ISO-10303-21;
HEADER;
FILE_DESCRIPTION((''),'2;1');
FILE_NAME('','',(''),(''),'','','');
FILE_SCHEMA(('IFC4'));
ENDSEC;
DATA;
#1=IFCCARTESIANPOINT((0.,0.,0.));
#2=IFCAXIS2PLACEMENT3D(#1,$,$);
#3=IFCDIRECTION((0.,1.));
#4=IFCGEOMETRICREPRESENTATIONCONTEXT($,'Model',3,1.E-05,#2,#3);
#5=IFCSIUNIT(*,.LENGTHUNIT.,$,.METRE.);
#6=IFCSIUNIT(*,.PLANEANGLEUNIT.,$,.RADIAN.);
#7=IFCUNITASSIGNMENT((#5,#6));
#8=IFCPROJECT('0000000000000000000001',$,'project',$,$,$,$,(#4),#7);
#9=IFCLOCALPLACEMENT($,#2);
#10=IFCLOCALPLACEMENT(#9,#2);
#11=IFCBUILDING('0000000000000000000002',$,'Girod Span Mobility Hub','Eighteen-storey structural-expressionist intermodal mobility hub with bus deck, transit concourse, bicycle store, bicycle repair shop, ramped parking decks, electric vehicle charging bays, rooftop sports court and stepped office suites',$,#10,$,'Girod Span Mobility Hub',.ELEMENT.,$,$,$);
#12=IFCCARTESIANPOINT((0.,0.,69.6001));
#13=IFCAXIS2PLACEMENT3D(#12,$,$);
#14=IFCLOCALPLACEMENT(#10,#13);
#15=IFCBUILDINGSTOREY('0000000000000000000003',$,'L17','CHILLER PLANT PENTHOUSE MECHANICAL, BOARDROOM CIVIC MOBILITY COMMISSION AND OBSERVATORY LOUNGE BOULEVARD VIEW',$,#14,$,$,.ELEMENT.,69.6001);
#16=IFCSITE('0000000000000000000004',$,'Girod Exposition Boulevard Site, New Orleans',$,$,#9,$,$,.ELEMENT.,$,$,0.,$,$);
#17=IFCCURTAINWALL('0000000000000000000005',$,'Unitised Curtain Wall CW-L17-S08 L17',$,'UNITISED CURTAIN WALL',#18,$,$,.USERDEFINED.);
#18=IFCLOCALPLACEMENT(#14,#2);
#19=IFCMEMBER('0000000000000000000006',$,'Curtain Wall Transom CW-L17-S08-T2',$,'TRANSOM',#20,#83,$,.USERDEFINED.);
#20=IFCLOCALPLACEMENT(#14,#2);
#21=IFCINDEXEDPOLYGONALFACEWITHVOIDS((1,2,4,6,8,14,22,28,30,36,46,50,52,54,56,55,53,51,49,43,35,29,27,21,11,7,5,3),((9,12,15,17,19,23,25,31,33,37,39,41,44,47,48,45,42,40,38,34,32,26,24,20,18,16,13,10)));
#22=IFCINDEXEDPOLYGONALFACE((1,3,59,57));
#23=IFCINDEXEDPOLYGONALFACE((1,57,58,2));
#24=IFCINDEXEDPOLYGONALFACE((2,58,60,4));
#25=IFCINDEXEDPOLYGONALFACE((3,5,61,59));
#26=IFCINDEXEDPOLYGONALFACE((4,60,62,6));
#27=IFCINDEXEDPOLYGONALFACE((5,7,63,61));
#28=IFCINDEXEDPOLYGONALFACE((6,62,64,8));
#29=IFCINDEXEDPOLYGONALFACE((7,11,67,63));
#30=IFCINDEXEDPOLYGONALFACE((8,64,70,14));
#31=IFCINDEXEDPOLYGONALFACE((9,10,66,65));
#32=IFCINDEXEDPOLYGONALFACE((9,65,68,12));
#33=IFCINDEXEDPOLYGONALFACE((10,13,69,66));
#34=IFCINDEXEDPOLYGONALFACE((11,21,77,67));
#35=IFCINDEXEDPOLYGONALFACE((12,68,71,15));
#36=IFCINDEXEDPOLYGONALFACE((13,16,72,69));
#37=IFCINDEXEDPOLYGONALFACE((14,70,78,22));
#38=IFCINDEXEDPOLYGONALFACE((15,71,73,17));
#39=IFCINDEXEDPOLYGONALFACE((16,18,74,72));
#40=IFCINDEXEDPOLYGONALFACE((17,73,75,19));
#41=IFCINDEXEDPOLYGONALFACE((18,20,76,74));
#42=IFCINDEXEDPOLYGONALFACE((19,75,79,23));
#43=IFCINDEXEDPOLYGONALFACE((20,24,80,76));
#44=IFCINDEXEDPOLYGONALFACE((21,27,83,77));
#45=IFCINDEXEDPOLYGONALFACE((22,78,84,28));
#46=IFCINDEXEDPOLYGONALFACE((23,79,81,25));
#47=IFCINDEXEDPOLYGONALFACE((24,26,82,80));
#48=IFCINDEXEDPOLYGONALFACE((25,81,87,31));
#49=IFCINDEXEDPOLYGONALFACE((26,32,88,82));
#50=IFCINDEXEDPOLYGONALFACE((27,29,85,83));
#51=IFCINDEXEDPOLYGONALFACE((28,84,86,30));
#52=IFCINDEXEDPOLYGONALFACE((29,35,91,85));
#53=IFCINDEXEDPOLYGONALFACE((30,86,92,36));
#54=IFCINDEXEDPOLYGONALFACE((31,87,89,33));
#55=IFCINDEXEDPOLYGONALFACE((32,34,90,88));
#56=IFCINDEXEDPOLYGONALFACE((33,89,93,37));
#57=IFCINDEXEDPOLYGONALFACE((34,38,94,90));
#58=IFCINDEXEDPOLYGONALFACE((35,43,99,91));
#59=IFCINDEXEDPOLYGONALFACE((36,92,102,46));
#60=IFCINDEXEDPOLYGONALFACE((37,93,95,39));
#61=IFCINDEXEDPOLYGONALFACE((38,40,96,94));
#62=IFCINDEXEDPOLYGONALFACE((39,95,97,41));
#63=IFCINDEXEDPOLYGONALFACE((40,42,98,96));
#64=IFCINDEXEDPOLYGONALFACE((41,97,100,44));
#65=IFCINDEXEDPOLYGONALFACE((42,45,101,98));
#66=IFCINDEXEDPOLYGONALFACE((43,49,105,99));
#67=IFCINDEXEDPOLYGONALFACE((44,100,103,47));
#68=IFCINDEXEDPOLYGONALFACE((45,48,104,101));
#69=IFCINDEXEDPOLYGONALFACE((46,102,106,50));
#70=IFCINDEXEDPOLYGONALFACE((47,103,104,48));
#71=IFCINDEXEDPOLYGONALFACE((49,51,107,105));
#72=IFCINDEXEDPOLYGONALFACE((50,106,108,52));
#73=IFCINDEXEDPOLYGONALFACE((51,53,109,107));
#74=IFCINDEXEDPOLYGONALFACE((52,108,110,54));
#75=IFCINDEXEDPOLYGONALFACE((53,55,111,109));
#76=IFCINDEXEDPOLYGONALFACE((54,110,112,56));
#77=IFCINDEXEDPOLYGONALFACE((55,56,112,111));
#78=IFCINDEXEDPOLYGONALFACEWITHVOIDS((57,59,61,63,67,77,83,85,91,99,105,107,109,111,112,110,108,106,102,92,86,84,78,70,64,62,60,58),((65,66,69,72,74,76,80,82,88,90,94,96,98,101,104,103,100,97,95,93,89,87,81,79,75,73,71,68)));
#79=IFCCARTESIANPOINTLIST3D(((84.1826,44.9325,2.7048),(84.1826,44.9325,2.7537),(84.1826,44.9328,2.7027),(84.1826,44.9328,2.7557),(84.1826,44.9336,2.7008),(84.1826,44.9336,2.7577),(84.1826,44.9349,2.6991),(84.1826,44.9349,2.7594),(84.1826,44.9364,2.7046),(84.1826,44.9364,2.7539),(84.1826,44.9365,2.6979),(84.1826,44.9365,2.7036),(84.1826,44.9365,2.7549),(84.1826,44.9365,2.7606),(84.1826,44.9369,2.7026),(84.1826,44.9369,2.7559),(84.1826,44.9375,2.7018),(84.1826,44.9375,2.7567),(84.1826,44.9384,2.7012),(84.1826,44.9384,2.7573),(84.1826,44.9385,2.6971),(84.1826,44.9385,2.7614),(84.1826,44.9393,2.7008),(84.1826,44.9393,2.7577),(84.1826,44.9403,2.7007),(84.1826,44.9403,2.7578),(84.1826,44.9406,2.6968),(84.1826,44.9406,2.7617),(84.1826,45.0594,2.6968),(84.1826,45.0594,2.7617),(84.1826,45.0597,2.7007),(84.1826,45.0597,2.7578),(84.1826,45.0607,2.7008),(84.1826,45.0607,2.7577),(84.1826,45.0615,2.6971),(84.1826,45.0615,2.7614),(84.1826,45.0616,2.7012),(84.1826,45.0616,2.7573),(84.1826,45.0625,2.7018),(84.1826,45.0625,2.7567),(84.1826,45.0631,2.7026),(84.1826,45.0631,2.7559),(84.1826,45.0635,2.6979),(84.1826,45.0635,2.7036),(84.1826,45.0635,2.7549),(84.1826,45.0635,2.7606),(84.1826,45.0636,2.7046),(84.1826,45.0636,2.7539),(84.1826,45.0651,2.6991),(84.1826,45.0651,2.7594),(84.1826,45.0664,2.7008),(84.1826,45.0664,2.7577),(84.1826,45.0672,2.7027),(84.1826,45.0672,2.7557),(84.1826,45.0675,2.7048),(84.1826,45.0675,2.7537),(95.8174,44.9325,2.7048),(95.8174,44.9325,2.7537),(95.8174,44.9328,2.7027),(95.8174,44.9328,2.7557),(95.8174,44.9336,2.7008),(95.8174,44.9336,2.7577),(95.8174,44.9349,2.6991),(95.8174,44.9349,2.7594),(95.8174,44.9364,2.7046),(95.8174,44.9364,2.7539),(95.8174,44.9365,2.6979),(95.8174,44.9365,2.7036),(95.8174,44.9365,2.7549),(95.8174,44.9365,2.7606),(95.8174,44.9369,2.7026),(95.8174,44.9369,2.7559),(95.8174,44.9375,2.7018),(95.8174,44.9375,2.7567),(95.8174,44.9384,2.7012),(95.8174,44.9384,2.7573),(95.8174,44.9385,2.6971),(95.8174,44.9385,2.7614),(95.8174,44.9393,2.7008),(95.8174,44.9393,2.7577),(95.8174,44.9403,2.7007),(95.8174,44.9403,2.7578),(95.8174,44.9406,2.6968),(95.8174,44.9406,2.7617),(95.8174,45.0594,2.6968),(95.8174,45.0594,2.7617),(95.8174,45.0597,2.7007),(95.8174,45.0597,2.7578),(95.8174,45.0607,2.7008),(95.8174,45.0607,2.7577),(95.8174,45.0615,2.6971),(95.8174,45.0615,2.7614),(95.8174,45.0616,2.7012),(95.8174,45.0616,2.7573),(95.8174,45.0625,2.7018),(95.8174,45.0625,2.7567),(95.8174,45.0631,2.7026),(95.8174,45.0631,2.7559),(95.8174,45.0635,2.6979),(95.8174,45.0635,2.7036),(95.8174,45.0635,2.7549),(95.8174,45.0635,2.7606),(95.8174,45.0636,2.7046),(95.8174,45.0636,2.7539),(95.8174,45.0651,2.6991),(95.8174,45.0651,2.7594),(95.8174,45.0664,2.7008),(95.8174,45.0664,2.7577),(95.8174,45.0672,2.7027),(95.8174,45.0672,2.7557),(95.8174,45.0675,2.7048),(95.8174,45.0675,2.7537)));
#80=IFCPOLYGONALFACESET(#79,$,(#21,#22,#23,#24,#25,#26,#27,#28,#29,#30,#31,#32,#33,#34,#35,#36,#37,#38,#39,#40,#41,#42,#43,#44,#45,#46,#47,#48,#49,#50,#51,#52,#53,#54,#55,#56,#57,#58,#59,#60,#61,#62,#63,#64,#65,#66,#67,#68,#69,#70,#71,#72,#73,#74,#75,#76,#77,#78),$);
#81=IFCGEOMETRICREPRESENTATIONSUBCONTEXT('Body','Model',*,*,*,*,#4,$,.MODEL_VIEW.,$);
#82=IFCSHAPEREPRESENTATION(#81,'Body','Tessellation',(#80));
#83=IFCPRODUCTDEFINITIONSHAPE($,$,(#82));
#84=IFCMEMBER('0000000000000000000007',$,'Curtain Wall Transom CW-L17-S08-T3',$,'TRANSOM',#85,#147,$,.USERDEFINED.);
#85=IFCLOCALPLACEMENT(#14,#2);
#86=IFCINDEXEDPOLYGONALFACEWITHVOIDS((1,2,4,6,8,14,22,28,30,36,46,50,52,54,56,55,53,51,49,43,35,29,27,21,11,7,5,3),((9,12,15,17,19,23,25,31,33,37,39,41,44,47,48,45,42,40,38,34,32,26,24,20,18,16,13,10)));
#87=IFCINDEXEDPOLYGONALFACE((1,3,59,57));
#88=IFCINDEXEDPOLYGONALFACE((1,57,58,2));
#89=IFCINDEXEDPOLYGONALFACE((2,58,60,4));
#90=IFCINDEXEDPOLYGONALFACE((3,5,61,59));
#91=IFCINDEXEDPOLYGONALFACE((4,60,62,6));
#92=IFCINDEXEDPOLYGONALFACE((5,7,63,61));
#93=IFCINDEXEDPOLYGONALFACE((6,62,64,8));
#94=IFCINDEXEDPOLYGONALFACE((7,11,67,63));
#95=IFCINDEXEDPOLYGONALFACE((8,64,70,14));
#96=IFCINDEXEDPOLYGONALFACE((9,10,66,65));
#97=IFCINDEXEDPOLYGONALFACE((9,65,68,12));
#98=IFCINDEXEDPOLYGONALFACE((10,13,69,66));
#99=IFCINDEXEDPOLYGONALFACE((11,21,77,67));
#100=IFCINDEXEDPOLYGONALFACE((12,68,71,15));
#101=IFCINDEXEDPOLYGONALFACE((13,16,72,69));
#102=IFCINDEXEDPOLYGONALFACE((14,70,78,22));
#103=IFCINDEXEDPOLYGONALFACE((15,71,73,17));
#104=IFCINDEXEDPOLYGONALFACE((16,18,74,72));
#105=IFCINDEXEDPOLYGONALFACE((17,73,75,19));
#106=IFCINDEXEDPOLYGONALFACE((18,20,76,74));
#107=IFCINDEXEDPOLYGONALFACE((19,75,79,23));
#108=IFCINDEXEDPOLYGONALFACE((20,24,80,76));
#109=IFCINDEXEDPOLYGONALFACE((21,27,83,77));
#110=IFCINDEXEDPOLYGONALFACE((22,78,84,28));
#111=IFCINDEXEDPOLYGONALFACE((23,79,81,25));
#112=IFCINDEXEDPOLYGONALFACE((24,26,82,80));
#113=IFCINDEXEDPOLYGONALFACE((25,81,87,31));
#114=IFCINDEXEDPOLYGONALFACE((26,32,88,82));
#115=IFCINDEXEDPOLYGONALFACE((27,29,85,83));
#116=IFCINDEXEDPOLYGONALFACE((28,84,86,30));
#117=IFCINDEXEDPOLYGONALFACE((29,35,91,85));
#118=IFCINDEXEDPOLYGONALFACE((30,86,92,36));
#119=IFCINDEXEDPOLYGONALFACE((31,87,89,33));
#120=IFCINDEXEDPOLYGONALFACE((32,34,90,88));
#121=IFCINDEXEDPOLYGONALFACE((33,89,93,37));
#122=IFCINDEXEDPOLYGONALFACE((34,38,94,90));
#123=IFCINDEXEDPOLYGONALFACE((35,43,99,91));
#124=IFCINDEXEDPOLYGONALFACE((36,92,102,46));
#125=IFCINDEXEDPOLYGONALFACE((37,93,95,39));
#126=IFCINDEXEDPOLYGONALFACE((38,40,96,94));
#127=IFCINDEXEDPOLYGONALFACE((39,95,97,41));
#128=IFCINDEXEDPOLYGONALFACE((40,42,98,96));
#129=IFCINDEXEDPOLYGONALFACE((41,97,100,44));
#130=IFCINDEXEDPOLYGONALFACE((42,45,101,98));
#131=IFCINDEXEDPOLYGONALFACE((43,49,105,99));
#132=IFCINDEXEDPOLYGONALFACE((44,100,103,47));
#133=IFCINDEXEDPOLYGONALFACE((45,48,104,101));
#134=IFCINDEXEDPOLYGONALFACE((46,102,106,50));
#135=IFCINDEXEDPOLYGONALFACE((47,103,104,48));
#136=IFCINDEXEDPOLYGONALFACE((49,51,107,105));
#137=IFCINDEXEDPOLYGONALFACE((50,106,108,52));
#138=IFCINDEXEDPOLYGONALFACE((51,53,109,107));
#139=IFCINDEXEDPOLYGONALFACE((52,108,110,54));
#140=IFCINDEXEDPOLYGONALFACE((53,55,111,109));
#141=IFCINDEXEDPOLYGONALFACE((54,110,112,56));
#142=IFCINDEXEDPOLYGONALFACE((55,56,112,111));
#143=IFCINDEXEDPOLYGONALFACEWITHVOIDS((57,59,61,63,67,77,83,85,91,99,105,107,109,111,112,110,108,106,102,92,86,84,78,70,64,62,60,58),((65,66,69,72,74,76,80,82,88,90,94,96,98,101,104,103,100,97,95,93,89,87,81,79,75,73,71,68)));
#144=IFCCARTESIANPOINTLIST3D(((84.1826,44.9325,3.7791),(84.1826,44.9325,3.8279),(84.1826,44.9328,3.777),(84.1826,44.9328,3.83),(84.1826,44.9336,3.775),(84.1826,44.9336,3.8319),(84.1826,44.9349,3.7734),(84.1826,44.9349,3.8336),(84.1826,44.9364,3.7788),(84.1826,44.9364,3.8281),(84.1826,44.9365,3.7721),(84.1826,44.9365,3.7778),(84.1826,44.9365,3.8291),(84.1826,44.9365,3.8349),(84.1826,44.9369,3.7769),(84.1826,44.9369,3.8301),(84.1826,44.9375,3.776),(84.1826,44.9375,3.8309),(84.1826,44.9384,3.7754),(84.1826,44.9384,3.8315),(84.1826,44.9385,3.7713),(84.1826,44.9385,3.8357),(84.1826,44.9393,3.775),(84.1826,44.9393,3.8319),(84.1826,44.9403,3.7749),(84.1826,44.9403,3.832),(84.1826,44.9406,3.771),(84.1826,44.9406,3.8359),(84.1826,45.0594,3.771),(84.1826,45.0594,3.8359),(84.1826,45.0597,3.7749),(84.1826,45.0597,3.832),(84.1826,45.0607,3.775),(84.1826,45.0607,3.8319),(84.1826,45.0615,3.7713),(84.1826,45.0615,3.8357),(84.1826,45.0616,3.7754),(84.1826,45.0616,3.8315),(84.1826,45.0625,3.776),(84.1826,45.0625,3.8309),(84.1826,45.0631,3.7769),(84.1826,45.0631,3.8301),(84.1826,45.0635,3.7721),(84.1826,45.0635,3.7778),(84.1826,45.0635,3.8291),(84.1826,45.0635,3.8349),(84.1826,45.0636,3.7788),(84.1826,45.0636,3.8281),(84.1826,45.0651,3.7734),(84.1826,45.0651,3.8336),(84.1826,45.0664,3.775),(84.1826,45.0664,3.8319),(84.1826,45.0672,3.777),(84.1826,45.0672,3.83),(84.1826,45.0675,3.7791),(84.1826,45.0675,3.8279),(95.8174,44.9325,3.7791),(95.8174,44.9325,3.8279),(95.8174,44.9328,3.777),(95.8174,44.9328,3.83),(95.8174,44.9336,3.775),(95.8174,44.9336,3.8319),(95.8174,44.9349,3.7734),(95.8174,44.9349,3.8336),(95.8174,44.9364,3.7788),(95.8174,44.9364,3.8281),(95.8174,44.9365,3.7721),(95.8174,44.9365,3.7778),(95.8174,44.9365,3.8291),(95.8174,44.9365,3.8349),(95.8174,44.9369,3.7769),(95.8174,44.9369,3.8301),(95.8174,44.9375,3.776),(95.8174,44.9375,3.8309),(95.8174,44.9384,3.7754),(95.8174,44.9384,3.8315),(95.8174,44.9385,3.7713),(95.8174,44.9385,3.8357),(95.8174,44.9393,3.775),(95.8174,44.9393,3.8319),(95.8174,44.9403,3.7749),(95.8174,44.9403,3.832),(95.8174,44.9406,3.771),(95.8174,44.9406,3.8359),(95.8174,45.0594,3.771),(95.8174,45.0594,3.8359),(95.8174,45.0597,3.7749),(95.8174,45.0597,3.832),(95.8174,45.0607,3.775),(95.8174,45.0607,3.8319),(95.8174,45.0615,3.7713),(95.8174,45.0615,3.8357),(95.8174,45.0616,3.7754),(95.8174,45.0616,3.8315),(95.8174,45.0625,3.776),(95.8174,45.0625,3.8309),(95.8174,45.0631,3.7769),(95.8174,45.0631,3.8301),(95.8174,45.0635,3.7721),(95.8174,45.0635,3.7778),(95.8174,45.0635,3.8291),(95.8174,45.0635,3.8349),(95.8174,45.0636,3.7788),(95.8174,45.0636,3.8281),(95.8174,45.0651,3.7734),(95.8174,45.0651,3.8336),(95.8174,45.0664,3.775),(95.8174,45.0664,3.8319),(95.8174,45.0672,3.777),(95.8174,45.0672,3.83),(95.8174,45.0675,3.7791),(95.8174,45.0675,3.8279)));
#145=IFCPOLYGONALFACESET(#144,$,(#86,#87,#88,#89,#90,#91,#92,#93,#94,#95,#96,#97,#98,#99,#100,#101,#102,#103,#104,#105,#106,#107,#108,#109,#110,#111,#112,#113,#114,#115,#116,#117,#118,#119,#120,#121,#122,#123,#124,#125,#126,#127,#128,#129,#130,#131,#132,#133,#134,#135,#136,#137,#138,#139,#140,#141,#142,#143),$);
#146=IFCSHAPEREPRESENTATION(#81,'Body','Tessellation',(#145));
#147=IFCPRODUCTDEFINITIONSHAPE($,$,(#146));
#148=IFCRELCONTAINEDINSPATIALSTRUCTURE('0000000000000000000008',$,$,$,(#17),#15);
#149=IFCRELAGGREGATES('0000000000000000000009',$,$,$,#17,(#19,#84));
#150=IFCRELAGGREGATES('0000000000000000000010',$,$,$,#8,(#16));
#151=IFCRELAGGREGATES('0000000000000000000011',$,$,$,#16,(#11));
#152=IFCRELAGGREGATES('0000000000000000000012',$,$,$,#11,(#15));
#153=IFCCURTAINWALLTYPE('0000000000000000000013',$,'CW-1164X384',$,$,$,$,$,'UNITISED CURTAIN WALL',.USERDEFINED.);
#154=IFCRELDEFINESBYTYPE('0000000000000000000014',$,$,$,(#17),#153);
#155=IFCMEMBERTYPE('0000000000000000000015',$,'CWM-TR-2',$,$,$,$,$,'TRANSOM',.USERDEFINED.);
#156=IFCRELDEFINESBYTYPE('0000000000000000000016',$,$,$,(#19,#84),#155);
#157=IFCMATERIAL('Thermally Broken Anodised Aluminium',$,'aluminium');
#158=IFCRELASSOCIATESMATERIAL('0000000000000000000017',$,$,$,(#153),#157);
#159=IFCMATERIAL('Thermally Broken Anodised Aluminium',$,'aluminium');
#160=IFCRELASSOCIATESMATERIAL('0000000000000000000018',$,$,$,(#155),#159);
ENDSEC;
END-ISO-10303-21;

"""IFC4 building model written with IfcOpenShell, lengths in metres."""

from ifc_helpers import new_model, si_unit, direction, frame, origin, origin_2d, place, context, subcontext, project, spatial, hollow_rectangle, extrude, material, material_profile, profile_set, type_object, element, aggregate, save


model = new_model("IFC4")

# Units and contexts
model_context = context("Model", 3, precision=1e-05, world=origin(), true_north=direction((0.0, 1.0)))
body_context = subcontext(model_context, "Body", "Model", "MODEL_VIEW")
ifc_project = project(units=[si_unit("LENGTHUNIT", "METRE"), si_unit("PLANEANGLEUNIT", "RADIAN")], contexts=[model_context])

# Site, building, storey
site_placement = place(None, origin())
site = spatial("IfcSite", under=ifc_project, at=site_placement, Name="Girod Exposition Boulevard Site, New Orleans", CompositionType="ELEMENT", RefElevation=0.0)
building_placement = place(site_placement, origin())
building = spatial("IfcBuilding", under=site, at=building_placement, Name="Girod Span Mobility Hub", Description="Eighteen-storey structural-expressionist intermodal mobility hub with bus deck, transit concourse, bicycle store, bicycle repair shop, ramped parking decks, electric vehicle charging bays, rooftop sports court and stepped office suites", LongName="Girod Span Mobility Hub", CompositionType="ELEMENT")
storey_placement = place(building_placement, frame((0.0, 0.0, 69.6001)))
storey = spatial("IfcBuildingStorey", under=building, at=storey_placement, Name="L17", Description="CHILLER PLANT PENTHOUSE MECHANICAL, BOARDROOM CIVIC MOBILITY COMMISSION AND OBSERVATORY LOUNGE BOULEVARD VIEW", CompositionType="ELEMENT", Elevation=69.6001)

# Shared definitions
ifc_material_1 = material(Name="Thermally Broken Anodised Aluminium", Category="aluminium")
curtain_wall_type = type_object("IfcCurtainWallType", Name="CW-1164X384", ElementType="UNITISED CURTAIN WALL", PredefinedType="USERDEFINED", material=ifc_material_1)

# Curtain wall
curtain_wall_1_placement = place(storey_placement, origin())
curtain_wall_1 = element("IfcCurtainWall", 1, at=curtain_wall_1_placement, inside=storey, type_object=curtain_wall_type, Name="Unitised Curtain Wall CW-L17-S08 L17", ObjectType="UNITISED CURTAIN WALL", PredefinedType="USERDEFINED")

# Members
ifc_material_2 = material(Name="Thermally Broken Anodised Aluminium", Category="aluminium")
ifc_material_profile_1 = material_profile(ifc_material_2, hollow_rectangle(XDim=0.135, YDim=0.0649, WallThickness=0.0039, InnerFilletRadius=0.0039, OuterFilletRadius=0.0081, at=origin_2d()), Name="CW-TR-65X135")
ifc_profile_set_1 = profile_set([ifc_material_profile_1], Name="Thermally Broken Anodised Aluminium")
member_type_1 = type_object("IfcMemberType", Name="CWM-TR-2", ElementType="TRANSOM", PredefinedType="USERDEFINED", material=ifc_profile_set_1)
member_1_placement = place(storey_placement, frame((84.1826, 45.0, 2.7292), z_axis=(1.0, 0.0, 0.0), x_axis=(0.0, 1.0, 0.0)))
member_1 = element("IfcMember", 2, at=member_1_placement, type_object=member_type_1, Name="Curtain Wall Transom CW-L17-S08-T2", ObjectType="TRANSOM", PredefinedType="USERDEFINED", context=body_context, shape_type="SweptSolid", body=[
    extrude(hollow_rectangle(XDim=0.135, YDim=0.0649, WallThickness=0.0039, InnerFilletRadius=0.0039, OuterFilletRadius=0.0081, at=origin_2d()), origin(), (0.0, 0.0, 1.0), 11.6348),
])
member_2_placement = place(storey_placement, frame((84.1826, 45.0, 3.8035), z_axis=(1.0, 0.0, 0.0), x_axis=(0.0, 1.0, 0.0)))
member_2 = element("IfcMember", 3, at=member_2_placement, type_object=member_type_1, Name="Curtain Wall Transom CW-L17-S08-T3", ObjectType="TRANSOM", PredefinedType="USERDEFINED", context=body_context, shape_type="SweptSolid", body=[
    extrude(hollow_rectangle(XDim=0.135, YDim=0.0649, WallThickness=0.0039, InnerFilletRadius=0.0039, OuterFilletRadius=0.0081, at=origin_2d()), origin(), (0.0, 0.0, 1.0), 11.6348),
])

aggregate(curtain_wall_1, [member_1, member_2])

save(model, "model.ifc")
